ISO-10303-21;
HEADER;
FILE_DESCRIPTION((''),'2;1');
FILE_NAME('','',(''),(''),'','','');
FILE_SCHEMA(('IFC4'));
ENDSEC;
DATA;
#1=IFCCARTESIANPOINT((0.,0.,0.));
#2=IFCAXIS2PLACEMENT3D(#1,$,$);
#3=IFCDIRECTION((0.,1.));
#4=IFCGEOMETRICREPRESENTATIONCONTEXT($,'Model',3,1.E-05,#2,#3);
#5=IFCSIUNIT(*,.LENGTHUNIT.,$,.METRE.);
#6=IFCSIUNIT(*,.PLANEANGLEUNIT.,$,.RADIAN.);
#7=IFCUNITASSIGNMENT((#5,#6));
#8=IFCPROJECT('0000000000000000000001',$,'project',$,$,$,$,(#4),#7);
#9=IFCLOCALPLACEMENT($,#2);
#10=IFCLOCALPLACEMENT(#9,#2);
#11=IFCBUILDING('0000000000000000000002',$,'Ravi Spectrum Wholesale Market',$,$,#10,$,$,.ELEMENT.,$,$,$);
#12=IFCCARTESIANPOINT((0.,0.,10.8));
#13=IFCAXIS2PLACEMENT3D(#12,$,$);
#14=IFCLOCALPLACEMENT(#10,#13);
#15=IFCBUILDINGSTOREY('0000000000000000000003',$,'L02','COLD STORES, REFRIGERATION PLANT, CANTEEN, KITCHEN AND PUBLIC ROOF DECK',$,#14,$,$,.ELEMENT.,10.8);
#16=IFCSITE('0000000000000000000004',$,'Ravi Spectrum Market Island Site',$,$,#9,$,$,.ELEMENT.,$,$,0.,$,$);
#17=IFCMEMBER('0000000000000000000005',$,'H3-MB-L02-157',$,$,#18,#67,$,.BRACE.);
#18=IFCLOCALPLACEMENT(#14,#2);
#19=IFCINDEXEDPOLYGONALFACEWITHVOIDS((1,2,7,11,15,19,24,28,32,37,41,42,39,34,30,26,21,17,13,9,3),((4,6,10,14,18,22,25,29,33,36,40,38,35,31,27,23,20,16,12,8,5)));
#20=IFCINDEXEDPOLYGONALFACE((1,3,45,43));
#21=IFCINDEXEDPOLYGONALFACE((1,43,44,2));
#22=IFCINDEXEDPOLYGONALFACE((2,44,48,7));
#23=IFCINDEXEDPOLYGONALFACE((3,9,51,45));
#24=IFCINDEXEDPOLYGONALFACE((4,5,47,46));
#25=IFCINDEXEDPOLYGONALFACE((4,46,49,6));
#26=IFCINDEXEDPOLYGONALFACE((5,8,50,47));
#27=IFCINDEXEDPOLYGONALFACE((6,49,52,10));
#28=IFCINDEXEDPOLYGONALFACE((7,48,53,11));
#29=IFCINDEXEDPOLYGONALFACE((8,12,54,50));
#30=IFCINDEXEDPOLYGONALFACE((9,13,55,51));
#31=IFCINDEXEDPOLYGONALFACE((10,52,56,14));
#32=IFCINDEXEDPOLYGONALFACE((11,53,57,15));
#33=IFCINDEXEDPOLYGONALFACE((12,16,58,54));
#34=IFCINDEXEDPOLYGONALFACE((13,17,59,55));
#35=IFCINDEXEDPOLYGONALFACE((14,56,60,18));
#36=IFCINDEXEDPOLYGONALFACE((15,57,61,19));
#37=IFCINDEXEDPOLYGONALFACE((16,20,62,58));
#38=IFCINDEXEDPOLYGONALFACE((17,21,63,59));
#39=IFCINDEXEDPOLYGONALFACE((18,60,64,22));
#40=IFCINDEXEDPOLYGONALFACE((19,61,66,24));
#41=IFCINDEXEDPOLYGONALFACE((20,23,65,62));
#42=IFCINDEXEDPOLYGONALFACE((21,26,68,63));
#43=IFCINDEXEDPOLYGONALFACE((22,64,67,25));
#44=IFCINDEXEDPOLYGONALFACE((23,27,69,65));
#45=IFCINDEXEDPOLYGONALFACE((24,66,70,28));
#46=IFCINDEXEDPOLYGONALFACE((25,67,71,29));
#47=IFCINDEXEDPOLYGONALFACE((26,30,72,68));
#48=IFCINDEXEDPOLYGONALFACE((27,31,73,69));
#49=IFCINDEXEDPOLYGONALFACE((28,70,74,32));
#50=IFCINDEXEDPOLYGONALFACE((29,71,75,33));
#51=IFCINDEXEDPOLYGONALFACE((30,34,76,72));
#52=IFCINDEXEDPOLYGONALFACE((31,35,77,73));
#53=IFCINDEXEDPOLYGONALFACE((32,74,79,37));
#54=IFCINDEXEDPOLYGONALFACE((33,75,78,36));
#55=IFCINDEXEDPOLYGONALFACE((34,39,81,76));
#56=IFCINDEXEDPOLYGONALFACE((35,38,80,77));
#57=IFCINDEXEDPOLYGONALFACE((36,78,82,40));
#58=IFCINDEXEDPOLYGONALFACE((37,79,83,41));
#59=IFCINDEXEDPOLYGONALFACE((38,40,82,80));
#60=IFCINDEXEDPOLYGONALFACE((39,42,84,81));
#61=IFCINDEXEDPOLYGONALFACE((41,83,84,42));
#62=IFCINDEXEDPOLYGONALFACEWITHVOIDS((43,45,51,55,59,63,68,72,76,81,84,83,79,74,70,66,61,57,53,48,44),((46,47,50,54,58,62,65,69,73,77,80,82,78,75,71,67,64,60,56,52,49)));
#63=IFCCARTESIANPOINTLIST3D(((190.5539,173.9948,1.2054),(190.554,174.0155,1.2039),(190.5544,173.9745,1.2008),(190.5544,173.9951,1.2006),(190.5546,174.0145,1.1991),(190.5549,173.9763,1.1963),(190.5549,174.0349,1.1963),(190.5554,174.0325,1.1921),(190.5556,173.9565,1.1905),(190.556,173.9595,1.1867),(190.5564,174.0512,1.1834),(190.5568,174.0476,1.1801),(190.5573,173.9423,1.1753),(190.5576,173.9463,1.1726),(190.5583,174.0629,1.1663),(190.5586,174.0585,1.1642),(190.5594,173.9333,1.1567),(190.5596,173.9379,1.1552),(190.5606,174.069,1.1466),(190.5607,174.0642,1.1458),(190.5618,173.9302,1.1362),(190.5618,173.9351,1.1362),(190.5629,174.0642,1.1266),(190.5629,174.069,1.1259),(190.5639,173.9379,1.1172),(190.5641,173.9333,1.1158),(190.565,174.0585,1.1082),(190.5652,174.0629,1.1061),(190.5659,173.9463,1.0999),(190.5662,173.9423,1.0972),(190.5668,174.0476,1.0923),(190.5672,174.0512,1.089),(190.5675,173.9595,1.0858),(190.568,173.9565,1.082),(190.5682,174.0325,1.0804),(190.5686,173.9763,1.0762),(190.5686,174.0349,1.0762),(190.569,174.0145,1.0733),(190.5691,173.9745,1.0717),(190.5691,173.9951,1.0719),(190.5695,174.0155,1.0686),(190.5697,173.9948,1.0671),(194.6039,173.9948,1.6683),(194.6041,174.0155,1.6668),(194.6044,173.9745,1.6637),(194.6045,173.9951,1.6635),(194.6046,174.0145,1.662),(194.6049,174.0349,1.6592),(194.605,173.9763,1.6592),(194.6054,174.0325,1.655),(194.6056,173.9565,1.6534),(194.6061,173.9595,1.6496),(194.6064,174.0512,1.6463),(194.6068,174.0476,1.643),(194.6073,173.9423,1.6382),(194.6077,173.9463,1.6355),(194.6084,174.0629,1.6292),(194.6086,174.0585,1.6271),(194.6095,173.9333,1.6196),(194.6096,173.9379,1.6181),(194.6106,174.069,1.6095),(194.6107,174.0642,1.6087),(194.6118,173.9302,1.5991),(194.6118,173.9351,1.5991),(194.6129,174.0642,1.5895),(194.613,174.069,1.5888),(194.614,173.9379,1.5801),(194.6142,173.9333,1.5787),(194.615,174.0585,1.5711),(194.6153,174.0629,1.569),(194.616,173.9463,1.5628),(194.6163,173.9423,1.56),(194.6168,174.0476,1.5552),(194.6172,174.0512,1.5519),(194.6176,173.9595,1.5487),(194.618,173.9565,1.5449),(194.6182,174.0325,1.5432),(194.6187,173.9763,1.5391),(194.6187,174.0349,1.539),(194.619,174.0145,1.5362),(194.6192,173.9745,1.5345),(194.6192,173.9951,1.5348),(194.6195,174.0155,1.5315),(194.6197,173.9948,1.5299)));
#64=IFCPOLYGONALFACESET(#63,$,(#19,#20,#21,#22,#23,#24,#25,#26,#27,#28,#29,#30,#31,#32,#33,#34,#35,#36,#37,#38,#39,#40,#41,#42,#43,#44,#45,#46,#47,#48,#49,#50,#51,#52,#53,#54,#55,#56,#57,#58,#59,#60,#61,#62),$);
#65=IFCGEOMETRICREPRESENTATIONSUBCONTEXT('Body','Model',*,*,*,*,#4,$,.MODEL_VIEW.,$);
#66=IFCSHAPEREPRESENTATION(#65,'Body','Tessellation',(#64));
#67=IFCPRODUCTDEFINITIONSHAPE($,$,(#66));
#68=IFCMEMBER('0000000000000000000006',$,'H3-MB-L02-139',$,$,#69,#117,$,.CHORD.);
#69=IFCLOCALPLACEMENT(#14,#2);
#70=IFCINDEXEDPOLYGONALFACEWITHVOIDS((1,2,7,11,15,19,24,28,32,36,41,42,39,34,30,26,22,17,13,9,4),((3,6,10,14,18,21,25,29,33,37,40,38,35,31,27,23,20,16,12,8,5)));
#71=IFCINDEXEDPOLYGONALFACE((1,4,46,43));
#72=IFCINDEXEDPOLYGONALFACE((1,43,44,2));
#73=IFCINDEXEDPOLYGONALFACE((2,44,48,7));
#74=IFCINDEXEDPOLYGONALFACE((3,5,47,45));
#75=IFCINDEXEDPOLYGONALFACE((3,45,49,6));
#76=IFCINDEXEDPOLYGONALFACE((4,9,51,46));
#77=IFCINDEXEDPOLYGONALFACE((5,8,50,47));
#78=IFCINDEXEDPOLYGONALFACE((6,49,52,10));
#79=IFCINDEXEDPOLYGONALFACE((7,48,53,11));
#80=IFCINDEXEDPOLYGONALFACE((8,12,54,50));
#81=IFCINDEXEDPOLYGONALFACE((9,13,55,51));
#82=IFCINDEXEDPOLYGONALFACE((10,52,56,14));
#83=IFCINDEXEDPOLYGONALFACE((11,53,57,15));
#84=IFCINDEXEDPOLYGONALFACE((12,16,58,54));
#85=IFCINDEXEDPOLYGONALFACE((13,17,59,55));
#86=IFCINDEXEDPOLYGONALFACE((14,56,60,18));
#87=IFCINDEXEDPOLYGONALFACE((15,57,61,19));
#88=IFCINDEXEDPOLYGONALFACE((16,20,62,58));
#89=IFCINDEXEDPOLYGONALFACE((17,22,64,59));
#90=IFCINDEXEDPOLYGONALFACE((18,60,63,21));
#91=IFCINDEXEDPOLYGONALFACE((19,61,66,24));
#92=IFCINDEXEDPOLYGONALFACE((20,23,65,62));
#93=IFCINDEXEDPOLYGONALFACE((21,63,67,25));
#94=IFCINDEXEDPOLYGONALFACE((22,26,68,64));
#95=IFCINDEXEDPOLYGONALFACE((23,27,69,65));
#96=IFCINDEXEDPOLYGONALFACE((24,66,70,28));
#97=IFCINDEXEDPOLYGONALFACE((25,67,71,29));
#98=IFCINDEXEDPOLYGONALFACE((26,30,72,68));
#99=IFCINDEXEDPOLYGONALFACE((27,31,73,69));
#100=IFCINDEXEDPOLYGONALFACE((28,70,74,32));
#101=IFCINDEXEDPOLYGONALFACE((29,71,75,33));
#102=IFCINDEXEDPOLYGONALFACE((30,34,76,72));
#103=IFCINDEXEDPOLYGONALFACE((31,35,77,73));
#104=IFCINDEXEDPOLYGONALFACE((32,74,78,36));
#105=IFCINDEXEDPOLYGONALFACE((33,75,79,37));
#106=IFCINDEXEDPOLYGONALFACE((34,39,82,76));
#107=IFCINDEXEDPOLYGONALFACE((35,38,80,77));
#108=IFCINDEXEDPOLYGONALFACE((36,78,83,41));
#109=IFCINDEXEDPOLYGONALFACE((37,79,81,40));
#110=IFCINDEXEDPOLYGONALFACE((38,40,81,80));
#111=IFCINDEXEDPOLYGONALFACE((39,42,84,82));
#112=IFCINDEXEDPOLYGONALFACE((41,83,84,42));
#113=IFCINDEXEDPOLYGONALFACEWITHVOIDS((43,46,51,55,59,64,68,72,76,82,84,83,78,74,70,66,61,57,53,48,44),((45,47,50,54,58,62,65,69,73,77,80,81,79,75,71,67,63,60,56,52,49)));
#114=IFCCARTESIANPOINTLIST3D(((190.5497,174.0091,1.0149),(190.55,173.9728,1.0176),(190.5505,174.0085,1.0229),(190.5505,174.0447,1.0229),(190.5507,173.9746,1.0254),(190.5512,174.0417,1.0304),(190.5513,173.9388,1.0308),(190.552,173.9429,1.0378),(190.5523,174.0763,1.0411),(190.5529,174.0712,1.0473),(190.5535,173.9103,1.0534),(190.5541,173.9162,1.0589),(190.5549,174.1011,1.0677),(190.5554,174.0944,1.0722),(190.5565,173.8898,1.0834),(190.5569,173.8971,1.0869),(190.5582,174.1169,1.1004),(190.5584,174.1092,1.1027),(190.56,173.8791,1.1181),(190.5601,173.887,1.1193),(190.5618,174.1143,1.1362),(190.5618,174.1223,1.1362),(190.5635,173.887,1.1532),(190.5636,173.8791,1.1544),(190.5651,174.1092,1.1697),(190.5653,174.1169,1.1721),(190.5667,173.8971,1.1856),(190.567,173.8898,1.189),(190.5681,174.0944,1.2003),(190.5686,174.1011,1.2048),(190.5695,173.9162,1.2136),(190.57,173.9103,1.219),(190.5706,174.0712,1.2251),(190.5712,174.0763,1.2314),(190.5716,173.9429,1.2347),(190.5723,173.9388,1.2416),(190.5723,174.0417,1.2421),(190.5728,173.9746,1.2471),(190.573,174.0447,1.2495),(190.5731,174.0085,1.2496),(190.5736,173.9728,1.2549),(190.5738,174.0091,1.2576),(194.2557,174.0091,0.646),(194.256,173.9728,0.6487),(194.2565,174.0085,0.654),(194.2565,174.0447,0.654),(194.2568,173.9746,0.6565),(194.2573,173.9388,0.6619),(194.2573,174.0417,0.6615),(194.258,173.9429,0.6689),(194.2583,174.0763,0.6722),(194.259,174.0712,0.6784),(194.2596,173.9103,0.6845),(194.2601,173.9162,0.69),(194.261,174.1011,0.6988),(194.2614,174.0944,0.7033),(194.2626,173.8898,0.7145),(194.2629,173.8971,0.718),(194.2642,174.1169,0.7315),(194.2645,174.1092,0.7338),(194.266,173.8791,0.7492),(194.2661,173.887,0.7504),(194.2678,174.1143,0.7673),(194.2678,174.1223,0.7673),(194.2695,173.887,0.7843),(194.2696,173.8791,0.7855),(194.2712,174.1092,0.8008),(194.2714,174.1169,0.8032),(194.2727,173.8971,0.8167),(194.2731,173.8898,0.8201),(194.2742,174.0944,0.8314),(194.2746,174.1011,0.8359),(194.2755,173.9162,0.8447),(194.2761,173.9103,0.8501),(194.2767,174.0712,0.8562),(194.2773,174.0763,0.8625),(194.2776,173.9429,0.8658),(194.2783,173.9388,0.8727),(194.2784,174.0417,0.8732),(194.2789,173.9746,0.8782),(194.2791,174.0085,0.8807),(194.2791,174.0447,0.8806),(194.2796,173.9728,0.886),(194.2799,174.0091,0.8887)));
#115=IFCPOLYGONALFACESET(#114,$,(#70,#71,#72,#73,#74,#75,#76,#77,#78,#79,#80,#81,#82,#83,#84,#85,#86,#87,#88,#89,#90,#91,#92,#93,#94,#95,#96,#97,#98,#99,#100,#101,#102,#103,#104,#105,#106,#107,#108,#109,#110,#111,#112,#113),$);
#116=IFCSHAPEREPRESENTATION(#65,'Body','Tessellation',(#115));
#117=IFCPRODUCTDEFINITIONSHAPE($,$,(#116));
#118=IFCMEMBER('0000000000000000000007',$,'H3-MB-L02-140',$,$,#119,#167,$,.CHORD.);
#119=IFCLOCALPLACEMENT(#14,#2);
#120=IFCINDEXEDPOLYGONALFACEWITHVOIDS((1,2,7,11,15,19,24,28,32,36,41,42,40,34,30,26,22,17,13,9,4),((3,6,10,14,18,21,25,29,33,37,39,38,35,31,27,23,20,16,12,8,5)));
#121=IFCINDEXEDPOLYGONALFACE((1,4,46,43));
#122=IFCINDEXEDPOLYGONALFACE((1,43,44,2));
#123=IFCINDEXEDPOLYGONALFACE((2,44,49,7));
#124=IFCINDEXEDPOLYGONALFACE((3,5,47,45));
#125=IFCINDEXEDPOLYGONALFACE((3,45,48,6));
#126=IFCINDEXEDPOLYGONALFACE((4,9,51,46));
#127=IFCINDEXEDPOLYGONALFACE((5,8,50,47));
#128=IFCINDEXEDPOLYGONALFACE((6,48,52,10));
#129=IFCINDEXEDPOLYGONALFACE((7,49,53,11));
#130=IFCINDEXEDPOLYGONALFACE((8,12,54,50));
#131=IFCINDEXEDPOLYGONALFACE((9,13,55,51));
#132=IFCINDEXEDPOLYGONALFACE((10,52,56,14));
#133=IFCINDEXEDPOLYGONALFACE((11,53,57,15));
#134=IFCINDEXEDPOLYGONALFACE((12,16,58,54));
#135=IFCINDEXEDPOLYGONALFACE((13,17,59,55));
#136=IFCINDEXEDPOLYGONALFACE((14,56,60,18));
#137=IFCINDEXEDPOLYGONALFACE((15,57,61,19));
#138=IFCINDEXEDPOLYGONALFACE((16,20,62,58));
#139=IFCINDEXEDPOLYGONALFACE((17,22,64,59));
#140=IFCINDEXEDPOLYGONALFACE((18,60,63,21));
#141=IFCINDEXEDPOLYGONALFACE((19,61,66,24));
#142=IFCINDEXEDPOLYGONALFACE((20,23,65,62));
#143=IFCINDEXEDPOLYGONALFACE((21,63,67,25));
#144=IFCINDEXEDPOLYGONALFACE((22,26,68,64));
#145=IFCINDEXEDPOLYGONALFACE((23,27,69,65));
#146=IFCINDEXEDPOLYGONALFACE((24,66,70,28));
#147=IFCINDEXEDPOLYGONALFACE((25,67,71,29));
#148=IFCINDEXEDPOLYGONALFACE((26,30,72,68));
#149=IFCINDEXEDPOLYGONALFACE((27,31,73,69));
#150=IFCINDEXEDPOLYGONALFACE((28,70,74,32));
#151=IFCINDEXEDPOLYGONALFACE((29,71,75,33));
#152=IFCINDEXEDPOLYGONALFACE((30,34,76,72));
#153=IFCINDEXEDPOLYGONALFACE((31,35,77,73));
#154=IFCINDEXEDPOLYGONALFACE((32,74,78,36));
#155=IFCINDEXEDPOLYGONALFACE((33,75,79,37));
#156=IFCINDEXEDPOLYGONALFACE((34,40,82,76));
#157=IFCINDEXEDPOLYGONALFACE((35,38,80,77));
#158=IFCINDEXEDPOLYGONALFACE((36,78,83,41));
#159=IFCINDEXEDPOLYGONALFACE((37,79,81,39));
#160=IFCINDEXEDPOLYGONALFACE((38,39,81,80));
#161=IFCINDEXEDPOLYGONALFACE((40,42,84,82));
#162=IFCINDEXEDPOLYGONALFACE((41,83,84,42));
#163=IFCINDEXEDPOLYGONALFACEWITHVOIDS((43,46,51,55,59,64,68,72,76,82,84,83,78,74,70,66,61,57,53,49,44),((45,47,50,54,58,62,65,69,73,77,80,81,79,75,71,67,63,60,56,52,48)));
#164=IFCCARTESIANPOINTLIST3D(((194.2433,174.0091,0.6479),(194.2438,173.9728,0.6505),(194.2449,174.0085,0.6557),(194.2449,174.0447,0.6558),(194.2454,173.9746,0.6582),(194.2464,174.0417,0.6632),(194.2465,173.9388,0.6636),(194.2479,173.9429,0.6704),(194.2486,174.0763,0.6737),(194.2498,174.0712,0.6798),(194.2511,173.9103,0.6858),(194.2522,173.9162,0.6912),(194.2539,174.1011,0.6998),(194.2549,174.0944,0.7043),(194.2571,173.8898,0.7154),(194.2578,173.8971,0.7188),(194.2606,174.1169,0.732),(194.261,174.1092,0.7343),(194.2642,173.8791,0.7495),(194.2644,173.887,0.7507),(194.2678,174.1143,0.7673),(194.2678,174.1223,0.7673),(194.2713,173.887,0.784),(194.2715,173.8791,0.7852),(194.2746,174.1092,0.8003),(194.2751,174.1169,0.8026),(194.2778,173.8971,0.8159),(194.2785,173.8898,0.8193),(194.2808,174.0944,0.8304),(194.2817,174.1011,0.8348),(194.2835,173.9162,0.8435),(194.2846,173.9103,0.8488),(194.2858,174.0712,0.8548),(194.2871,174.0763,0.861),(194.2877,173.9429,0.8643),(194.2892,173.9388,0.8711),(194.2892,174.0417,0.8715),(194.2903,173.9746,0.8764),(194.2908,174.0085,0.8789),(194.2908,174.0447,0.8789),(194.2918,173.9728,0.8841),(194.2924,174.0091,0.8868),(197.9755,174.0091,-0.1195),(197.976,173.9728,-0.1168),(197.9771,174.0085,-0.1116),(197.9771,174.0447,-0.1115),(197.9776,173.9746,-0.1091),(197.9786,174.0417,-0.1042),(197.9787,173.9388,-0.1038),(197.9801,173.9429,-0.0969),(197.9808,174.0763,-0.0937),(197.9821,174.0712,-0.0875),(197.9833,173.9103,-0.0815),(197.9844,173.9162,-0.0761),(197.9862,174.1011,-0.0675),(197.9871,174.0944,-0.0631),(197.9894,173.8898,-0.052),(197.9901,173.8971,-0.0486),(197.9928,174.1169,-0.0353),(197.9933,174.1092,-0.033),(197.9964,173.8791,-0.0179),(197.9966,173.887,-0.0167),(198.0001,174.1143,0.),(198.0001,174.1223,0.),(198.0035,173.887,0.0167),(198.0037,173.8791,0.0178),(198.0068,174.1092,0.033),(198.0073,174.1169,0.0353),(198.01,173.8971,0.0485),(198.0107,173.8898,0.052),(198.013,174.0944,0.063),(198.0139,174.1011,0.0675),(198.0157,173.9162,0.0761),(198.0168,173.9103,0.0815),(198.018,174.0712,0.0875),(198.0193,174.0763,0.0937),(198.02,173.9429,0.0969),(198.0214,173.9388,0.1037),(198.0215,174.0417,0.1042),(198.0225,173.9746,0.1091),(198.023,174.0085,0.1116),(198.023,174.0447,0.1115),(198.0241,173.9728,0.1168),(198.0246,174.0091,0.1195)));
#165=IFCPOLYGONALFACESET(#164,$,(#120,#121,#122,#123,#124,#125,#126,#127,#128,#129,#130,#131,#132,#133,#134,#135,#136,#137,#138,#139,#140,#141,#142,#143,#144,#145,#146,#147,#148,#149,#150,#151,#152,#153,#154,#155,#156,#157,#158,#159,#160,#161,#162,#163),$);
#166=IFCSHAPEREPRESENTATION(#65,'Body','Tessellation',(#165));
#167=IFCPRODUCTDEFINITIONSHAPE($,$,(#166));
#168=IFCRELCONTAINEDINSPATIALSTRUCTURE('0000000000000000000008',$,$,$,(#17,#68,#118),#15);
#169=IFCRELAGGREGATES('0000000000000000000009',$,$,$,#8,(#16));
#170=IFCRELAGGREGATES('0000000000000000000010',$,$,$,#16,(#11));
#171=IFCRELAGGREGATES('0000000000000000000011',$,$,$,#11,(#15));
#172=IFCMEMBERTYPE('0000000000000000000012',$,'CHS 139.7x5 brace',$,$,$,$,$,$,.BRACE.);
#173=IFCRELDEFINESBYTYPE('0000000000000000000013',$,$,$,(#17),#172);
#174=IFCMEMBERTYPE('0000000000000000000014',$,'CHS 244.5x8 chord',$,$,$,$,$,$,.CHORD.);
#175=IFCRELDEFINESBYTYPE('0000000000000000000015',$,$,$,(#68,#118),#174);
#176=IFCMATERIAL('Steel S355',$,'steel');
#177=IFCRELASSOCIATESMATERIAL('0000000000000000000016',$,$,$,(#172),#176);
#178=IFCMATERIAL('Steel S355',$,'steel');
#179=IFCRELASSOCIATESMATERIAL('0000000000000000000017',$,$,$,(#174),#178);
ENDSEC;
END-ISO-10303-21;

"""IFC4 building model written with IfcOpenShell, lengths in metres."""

from ifc_helpers import new_model, si_unit, direction, frame, origin, origin_2d, place, context, subcontext, project, spatial, hollow_circle, extrude, material, material_profile, profile_set, type_object, element, save


model = new_model("IFC4")

# Units and contexts
model_context = context("Model", 3, precision=1e-05, world=origin(), true_north=direction((0.0, 1.0)))
body_context = subcontext(model_context, "Body", "Model", "MODEL_VIEW")
ifc_project = project(units=[si_unit("LENGTHUNIT", "METRE"), si_unit("PLANEANGLEUNIT", "RADIAN")], contexts=[model_context])

# Site, building, storey
site_placement = place(None, origin())
site = spatial("IfcSite", under=ifc_project, at=site_placement, Name="Ravi Spectrum Market Island Site", CompositionType="ELEMENT", RefElevation=0.0)
building_placement = place(site_placement, origin())
building = spatial("IfcBuilding", under=site, at=building_placement, Name="Ravi Spectrum Wholesale Market", CompositionType="ELEMENT")
storey_placement = place(building_placement, frame((0.0, 0.0, 10.8)))
storey = spatial("IfcBuildingStorey", under=building, at=storey_placement, Name="L02", Description="COLD STORES, REFRIGERATION PLANT, CANTEEN, KITCHEN AND PUBLIC ROOF DECK", CompositionType="ELEMENT", Elevation=10.8)

# Members
ifc_material_1 = material(Name="Steel S355", Category="steel")
ifc_material_profile_1 = material_profile(ifc_material_1, hollow_circle(Radius=0.0698, WallThickness=0.0049, at=origin_2d()))
ifc_profile_set_1 = profile_set([ifc_material_profile_1], Name="Steel S355")
member_type_1 = type_object("IfcMemberType", Name="CHS 139.7x5 brace", PredefinedType="BRACE", material=ifc_profile_set_1)
for number, where, z_axis, x_axis, name in (
    (1, (194.6118, 174.0, 1.5991), (-0.993532, 0.0, -0.113553), (0.0, -1.0, 0.0), "H3-MB-L02-157"),
):
    element("IfcMember", number, at=place(storey_placement, frame(where, z_axis=z_axis, x_axis=x_axis)), inside=storey, type_object=member_type_1, Name=name, PredefinedType="BRACE", context=body_context, shape_type="SweptSolid", body=[
        extrude(hollow_circle(Radius=0.0698, WallThickness=0.0049, at=origin_2d()), origin(), (0.0, 0.0, 1.0), 4.0764),
    ])
ifc_material_2 = material(Name="Steel S355", Category="steel")
ifc_material_profile_2 = material_profile(ifc_material_2, hollow_circle(Radius=0.1223, WallThickness=0.0081, at=origin_2d()))
ifc_profile_set_2 = profile_set([ifc_material_profile_2], Name="Steel S355")
member_type_2 = type_object("IfcMemberType", Name="CHS 244.5x8 chord", PredefinedType="CHORD", material=ifc_profile_set_2)
member_1_placement = place(storey_placement, frame((190.5618, 174.0, 1.1362), z_axis=(0.995083, 0.0, -0.099049), x_axis=(0.0, 1.0, 0.0)))
element("IfcMember", 2, at=member_1_placement, inside=storey, type_object=member_type_2, Name="H3-MB-L02-139", PredefinedType="CHORD", context=body_context, shape_type="SweptSolid", body=[
    extrude(hollow_circle(Radius=0.1223, WallThickness=0.0081, at=origin_2d()), origin(), (0.0, 0.0, 1.0), 3.7244),
])
member_2_placement = place(storey_placement, frame((194.2678, 174.0, 0.7673), z_axis=(0.979512, 0.0, -0.201387), x_axis=(0.0, 1.0, 0.0)))
element("IfcMember", 3, at=member_2_placement, inside=storey, type_object=member_type_2, Name="H3-MB-L02-140", PredefinedType="CHORD", context=body_context, shape_type="SweptSolid", body=[
    extrude(hollow_circle(Radius=0.1223, WallThickness=0.0081, at=origin_2d()), origin(), (0.0, 0.0, 1.0), 3.8103),
])

save(model, "model.ifc")
